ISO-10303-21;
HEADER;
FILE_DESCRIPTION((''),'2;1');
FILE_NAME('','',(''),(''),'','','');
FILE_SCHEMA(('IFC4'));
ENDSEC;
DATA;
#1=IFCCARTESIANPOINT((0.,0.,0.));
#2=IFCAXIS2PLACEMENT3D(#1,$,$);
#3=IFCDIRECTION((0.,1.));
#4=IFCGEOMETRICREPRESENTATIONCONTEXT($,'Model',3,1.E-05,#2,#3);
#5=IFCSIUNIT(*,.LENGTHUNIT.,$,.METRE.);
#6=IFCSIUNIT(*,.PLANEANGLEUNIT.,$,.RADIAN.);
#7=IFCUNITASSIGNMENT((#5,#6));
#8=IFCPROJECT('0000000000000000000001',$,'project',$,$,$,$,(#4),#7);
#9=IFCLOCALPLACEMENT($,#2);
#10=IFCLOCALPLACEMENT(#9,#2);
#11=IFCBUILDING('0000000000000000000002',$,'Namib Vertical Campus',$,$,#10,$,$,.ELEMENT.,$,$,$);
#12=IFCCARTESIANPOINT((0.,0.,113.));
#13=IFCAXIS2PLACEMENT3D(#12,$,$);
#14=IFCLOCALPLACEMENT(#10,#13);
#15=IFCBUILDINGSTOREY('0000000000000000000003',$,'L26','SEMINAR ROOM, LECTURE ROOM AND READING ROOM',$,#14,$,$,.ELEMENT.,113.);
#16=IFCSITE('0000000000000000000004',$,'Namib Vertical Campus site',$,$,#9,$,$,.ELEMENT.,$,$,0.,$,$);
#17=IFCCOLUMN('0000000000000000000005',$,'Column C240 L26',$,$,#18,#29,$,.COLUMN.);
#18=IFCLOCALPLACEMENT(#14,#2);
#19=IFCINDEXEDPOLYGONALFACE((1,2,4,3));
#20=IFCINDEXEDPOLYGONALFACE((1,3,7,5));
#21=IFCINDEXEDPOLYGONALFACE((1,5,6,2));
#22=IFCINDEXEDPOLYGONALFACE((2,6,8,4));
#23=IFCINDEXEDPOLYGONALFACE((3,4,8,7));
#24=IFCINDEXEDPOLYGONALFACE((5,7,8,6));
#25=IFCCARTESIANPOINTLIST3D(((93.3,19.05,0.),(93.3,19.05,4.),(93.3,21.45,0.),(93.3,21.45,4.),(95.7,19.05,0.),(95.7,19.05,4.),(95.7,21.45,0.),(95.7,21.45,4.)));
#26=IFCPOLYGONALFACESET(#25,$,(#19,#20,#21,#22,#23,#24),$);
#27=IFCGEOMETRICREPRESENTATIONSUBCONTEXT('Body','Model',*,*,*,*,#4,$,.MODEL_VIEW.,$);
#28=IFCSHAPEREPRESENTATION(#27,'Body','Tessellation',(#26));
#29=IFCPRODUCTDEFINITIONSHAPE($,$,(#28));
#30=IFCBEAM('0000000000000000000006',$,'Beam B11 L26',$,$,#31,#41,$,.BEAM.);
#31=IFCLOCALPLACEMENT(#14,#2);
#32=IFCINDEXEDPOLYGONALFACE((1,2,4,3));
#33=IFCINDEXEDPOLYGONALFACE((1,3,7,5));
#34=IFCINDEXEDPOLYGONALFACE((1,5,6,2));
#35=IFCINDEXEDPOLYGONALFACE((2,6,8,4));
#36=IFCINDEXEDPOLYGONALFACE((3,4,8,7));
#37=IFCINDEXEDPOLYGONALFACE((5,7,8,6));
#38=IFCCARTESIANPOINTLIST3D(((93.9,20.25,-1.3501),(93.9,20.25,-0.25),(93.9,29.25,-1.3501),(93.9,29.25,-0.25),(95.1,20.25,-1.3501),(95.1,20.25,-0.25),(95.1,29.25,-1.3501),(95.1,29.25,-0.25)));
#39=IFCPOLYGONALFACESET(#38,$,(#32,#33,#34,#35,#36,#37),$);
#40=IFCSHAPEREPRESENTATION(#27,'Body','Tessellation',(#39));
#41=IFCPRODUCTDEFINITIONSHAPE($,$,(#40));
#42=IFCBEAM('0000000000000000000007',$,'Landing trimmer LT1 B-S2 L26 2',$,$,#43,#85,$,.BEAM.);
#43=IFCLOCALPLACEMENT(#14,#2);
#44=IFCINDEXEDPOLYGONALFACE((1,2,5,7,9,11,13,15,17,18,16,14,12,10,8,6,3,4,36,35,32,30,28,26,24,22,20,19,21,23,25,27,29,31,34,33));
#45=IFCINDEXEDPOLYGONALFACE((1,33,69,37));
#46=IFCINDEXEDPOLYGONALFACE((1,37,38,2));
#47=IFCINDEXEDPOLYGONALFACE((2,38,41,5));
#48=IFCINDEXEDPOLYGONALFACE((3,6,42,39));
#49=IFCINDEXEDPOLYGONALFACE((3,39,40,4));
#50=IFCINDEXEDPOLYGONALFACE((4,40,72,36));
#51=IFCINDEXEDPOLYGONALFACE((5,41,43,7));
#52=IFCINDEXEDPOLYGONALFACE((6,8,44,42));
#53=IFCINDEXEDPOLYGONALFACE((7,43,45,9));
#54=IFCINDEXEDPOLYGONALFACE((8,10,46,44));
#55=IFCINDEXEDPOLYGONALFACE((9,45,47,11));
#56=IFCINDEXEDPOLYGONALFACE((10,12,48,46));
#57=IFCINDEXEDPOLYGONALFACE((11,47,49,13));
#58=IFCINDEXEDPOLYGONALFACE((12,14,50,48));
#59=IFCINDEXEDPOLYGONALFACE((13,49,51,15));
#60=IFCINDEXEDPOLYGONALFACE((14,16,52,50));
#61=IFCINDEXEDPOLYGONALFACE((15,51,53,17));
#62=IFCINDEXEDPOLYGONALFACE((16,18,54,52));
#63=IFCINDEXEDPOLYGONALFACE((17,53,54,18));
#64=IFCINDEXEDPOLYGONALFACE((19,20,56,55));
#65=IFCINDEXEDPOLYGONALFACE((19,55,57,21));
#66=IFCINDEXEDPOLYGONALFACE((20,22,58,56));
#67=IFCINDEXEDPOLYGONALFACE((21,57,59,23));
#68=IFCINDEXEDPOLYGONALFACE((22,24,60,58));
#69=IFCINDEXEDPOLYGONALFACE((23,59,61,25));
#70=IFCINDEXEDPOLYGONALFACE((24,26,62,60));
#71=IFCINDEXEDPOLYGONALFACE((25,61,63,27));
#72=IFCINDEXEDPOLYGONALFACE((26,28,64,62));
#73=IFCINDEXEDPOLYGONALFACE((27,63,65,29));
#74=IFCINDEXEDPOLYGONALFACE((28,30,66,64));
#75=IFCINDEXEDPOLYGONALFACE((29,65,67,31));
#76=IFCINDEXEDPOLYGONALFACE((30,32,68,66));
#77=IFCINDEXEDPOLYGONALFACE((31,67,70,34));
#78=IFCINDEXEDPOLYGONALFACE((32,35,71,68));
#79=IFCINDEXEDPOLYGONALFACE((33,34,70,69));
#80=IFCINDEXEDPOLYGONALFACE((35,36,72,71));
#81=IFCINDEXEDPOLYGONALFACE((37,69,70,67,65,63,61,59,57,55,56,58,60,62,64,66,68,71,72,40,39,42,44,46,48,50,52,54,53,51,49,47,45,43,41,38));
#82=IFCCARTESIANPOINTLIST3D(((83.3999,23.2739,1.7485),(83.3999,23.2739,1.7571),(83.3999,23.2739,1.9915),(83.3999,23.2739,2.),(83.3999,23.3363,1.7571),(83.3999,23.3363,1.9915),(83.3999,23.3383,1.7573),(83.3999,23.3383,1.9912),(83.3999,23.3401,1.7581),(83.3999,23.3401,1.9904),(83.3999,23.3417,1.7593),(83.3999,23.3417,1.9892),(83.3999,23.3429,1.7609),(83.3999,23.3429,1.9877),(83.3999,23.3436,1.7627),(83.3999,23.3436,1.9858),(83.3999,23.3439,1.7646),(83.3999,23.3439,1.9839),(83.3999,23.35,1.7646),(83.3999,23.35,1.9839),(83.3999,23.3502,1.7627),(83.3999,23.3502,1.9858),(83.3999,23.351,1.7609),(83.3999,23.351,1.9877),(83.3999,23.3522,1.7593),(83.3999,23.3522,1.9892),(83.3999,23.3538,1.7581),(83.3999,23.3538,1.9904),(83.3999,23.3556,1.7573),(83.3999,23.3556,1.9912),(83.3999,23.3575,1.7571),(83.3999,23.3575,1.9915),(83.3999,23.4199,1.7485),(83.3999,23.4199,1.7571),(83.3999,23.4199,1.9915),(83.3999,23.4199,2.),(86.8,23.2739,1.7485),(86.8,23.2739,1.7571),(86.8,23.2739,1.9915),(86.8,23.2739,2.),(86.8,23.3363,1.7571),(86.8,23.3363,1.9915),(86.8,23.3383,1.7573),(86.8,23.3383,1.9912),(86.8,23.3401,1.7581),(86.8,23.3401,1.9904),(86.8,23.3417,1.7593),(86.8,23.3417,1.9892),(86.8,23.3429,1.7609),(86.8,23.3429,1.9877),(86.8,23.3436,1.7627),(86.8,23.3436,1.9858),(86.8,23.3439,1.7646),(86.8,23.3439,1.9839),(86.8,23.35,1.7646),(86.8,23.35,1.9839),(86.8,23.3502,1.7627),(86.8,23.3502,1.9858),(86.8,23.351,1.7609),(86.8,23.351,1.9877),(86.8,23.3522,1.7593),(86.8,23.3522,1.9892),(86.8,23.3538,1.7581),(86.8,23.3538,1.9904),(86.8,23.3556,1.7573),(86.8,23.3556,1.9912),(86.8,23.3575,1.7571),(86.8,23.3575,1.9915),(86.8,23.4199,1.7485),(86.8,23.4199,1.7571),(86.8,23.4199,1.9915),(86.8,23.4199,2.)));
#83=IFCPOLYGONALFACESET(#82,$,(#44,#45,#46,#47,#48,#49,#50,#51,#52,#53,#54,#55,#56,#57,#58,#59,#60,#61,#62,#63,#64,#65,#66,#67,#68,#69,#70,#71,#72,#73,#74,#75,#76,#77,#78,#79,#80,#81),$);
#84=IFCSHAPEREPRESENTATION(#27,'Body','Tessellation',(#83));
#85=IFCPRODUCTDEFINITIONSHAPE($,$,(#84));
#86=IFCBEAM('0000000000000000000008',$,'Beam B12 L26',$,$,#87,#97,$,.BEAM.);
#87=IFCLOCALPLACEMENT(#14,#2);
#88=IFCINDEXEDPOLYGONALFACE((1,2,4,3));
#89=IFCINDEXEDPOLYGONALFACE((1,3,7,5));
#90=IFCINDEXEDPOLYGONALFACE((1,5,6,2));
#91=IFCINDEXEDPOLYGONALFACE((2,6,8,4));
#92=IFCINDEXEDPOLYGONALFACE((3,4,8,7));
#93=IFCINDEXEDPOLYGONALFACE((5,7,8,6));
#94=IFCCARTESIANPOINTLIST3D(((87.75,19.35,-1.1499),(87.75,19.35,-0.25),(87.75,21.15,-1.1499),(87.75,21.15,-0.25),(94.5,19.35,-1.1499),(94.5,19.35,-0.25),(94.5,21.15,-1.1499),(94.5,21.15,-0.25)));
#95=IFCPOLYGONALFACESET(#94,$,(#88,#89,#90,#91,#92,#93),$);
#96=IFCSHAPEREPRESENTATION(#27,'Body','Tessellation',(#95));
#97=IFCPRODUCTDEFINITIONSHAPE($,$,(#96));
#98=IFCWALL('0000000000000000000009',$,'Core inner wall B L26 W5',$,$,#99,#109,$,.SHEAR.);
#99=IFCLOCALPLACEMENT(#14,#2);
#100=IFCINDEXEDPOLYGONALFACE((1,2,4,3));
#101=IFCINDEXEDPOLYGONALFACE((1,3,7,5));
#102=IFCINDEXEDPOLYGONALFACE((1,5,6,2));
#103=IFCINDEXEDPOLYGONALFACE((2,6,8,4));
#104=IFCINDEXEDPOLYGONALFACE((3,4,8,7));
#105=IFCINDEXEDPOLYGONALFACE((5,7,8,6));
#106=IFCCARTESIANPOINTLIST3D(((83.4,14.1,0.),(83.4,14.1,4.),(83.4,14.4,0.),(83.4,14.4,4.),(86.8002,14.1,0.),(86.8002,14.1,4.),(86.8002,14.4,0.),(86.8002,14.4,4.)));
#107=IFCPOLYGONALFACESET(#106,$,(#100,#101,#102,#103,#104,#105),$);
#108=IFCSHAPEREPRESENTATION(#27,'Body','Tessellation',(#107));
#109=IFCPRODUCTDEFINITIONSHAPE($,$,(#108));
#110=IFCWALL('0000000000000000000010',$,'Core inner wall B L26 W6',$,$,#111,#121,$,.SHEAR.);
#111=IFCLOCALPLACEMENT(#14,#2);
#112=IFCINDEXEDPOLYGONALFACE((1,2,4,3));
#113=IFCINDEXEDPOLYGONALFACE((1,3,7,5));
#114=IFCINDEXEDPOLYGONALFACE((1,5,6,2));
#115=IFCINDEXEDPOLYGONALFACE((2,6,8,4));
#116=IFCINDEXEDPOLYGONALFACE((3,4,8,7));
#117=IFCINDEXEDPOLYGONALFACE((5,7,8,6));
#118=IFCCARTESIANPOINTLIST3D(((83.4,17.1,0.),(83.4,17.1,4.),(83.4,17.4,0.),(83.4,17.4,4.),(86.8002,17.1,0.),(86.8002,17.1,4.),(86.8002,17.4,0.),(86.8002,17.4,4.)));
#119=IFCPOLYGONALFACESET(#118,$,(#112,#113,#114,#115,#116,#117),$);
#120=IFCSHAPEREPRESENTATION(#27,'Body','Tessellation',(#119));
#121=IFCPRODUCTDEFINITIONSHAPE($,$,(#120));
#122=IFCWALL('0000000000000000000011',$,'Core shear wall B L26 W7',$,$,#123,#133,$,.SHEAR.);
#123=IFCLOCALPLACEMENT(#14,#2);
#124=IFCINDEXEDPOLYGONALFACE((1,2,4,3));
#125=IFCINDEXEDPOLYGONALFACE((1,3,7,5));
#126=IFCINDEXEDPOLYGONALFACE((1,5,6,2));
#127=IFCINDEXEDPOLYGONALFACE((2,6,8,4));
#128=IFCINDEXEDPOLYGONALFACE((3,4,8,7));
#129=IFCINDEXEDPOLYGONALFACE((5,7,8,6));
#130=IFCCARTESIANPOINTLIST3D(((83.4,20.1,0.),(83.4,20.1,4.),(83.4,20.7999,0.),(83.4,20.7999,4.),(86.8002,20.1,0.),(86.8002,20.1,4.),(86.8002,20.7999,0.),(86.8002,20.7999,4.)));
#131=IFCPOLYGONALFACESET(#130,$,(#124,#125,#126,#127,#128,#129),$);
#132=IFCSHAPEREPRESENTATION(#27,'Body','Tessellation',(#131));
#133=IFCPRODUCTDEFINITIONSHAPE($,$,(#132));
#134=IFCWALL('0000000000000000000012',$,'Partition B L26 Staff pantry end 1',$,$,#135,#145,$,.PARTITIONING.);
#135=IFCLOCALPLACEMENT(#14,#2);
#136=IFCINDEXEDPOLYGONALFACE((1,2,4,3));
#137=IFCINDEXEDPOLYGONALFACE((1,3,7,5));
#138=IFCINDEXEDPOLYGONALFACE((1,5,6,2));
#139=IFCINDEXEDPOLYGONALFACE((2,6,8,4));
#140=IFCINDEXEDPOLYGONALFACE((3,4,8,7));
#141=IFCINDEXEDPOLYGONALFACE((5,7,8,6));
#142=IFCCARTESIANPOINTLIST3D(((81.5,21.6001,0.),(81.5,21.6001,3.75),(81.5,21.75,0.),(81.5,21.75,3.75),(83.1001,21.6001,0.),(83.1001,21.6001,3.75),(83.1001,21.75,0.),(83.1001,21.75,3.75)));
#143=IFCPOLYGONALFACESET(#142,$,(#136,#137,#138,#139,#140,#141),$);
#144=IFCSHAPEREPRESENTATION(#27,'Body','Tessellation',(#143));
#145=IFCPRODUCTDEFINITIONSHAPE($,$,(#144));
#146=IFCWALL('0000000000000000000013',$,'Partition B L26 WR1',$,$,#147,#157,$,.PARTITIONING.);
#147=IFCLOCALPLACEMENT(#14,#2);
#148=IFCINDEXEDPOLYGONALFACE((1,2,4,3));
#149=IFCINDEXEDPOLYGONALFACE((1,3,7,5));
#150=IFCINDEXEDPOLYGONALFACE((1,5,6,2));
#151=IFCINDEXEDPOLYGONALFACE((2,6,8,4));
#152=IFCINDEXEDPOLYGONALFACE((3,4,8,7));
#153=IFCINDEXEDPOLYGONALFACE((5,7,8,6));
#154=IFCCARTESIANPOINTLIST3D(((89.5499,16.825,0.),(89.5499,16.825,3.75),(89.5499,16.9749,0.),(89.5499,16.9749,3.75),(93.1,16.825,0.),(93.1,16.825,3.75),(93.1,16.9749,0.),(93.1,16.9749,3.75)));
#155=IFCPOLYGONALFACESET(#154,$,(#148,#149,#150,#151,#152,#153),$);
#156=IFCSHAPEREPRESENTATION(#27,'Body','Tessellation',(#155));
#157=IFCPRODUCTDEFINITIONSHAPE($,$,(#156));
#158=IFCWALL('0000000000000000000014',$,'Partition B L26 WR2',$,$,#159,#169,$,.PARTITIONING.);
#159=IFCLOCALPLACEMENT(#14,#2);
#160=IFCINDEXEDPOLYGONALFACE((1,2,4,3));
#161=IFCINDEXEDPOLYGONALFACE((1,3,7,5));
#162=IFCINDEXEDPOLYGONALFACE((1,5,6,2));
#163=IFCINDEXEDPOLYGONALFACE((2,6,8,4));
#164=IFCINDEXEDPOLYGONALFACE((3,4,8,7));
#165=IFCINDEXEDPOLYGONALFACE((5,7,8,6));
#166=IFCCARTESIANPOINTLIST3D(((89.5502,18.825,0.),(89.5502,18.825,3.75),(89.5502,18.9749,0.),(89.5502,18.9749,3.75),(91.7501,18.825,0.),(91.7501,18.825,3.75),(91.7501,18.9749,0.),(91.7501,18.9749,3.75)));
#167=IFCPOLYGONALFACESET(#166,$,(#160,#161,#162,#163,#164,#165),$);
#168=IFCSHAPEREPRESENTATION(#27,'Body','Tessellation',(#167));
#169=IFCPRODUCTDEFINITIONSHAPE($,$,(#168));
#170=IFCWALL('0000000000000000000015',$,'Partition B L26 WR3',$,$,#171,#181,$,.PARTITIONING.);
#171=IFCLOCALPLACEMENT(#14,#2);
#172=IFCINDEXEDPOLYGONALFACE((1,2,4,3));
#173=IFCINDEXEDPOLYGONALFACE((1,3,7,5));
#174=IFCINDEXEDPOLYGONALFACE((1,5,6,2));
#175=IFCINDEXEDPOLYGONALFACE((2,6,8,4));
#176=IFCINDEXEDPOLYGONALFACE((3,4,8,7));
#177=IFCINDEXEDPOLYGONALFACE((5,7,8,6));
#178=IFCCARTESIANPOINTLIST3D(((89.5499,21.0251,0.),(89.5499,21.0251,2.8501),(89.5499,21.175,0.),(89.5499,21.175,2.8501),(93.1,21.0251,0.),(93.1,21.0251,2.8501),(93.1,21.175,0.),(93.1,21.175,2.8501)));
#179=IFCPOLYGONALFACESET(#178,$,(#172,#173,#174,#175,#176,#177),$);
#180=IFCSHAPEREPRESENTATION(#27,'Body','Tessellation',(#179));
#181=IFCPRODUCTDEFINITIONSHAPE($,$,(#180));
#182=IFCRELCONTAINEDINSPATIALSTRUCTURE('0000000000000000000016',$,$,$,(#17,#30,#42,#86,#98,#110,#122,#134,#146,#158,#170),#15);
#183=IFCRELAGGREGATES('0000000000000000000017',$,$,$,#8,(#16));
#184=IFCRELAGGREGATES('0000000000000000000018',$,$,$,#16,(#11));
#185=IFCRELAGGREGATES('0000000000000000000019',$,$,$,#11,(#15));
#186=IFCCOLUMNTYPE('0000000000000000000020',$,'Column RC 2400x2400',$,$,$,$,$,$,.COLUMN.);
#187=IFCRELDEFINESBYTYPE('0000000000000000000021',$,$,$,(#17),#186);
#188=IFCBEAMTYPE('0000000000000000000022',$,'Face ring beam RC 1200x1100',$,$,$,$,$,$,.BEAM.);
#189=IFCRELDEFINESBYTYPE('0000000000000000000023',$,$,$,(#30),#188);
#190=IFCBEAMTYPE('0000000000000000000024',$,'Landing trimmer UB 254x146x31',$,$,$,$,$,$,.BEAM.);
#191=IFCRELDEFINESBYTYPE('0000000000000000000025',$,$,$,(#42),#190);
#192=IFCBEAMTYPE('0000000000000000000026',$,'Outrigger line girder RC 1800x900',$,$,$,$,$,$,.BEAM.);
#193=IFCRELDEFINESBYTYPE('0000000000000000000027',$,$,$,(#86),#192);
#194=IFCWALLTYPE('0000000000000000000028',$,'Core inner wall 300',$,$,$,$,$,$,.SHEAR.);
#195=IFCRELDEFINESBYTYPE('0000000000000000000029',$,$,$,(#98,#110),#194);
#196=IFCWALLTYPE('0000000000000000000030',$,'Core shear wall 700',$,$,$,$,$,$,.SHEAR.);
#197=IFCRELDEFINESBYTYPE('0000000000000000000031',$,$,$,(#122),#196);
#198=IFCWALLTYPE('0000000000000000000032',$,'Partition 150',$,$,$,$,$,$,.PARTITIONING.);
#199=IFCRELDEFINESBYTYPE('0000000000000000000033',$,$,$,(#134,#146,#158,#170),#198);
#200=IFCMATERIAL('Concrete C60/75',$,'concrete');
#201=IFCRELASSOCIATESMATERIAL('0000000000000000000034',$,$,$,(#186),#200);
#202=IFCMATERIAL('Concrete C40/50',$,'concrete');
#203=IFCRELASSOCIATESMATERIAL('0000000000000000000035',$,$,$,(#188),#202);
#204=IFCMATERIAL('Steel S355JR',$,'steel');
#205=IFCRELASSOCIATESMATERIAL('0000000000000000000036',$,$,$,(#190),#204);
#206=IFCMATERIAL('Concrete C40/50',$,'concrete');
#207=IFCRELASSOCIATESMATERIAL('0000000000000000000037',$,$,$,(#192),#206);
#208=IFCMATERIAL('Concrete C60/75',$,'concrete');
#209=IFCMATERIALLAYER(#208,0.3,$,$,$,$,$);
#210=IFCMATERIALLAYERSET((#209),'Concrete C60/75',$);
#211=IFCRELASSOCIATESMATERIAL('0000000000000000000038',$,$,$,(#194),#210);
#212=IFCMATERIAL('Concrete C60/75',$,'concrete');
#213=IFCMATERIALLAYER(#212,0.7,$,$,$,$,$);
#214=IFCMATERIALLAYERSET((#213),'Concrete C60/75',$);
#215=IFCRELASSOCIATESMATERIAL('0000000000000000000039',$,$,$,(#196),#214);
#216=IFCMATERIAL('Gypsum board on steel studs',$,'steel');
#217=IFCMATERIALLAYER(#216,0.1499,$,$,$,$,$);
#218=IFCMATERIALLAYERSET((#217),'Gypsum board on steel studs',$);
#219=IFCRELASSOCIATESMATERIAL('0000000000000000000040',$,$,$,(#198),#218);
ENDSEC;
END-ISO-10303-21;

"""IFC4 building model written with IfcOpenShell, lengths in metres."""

from ifc_helpers import new_model, si_unit, direction, frame, frame_2d, origin, origin_2d, place, context, subcontext, project, spatial, rectangle, i_section, extrude, material, layer, layer_set, material_profile, profile_set, type_object, element, save


model = new_model("IFC4")

# Units and contexts
model_context = context("Model", 3, precision=1e-05, world=origin(), true_north=direction((0.0, 1.0)))
body_context = subcontext(model_context, "Body", "Model", "MODEL_VIEW")
ifc_project = project(units=[si_unit("LENGTHUNIT", "METRE"), si_unit("PLANEANGLEUNIT", "RADIAN")], contexts=[model_context])

# Site, building, storey
site_placement = place(None, origin())
site = spatial("IfcSite", under=ifc_project, at=site_placement, Name="Namib Vertical Campus site", CompositionType="ELEMENT", RefElevation=0.0)
building_placement = place(site_placement, origin())
building = spatial("IfcBuilding", under=site, at=building_placement, Name="Namib Vertical Campus", CompositionType="ELEMENT")
storey_placement = place(building_placement, frame((0.0, 0.0, 113.0)))
storey = spatial("IfcBuildingStorey", under=building, at=storey_placement, Name="L26", Description="SEMINAR ROOM, LECTURE ROOM AND READING ROOM", CompositionType="ELEMENT", Elevation=113.0)

# Column
ifc_material_1 = material(Name="Concrete C60/75", Category="concrete")
ifc_material_profile_1 = material_profile(ifc_material_1, rectangle(XDim=2.3999, YDim=2.3999, at=origin_2d()))
ifc_profile_set_1 = profile_set([ifc_material_profile_1], Name="Concrete C60/75")
column_type = type_object("IfcColumnType", Name="Column RC 2400x2400", PredefinedType="COLUMN", material=ifc_profile_set_1)
column_placement = place(storey_placement, frame((94.5, 20.25, 0.0), z_axis=(0.0, 0.0, 1.0), x_axis=(1.0, 0.0, 0.0)))
element("IfcColumn", 1, at=column_placement, inside=storey, type_object=column_type, Name="Column C240 L26", PredefinedType="COLUMN", context=body_context, shape_type="SweptSolid", body=[
    extrude(rectangle(XDim=2.3999, YDim=2.3999, at=origin_2d()), origin(), (0.0, 0.0, 1.0), 4.0),
])

# Beams
ifc_material_2 = material(Name="Concrete C40/50", Category="concrete")
ifc_material_profile_2 = material_profile(ifc_material_2, rectangle(XDim=1.2, YDim=1.1001, at=origin_2d()))
ifc_profile_set_2 = profile_set([ifc_material_profile_2], Name="Concrete C40/50")
beam_type_1 = type_object("IfcBeamType", Name="Face ring beam RC 1200x1100", PredefinedType="BEAM", material=ifc_profile_set_2)
beam_1_placement = place(storey_placement, frame((94.5, 20.25, -0.8), z_axis=(0.0, 1.0, 0.0), x_axis=(-1.0, 0.0, 0.0)))
element("IfcBeam", 2, at=beam_1_placement, inside=storey, type_object=beam_type_1, Name="Beam B11 L26", PredefinedType="BEAM", context=body_context, shape_type="SweptSolid", body=[
    extrude(rectangle(XDim=1.2, YDim=1.1001, at=origin_2d()), origin(), (0.0, 0.0, 1.0), 9.0),
])
ifc_material_3 = material(Name="Steel S355JR", Category="steel")
ifc_material_profile_3 = material_profile(ifc_material_3, i_section(OverallWidth=0.146, OverallDepth=0.2515, WebThickness=0.0061, FlangeThickness=0.0085, FilletRadius=0.0076, at=origin_2d()))
ifc_profile_set_3 = profile_set([ifc_material_profile_3], Name="Steel S355JR")
beam_type_2 = type_object("IfcBeamType", Name="Landing trimmer UB 254x146x31", PredefinedType="BEAM", material=ifc_profile_set_3)
beam_2_placement = place(storey_placement, frame((83.3999, 23.3469, 1.8743), z_axis=(1.0, 0.0, 0.0), x_axis=(0.0, 1.0, 0.0)))
element("IfcBeam", 3, at=beam_2_placement, inside=storey, type_object=beam_type_2, Name="Landing trimmer LT1 B-S2 L26 2", PredefinedType="BEAM", context=body_context, shape_type="SweptSolid", body=[
    extrude(i_section(OverallWidth=0.146, OverallDepth=0.2515, WebThickness=0.0061, FlangeThickness=0.0085, FilletRadius=0.0076, at=origin_2d()), origin(), (0.0, 0.0, 1.0), 3.4001),
])
ifc_material_4 = material(Name="Concrete C40/50", Category="concrete")
ifc_material_profile_4 = material_profile(ifc_material_4, rectangle(XDim=1.8, YDim=0.8999, at=origin_2d()))
ifc_profile_set_4 = profile_set([ifc_material_profile_4], Name="Concrete C40/50")
beam_type_3 = type_object("IfcBeamType", Name="Outrigger line girder RC 1800x900", PredefinedType="BEAM", material=ifc_profile_set_4)
beam_3_placement = place(storey_placement, frame((94.5, 20.25, -0.7), z_axis=(-1.0, 0.0, 0.0), x_axis=(0.0, -1.0, 0.0)))
element("IfcBeam", 4, at=beam_3_placement, inside=storey, type_object=beam_type_3, Name="Beam B12 L26", PredefinedType="BEAM", context=body_context, shape_type="SweptSolid", body=[
    extrude(rectangle(XDim=1.8, YDim=0.8999, at=origin_2d()), origin(), (0.0, 0.0, 1.0), 6.75),
])

# Walls
ifc_material_5 = material(Name="Concrete C60/75", Category="concrete")
ifc_layer_1 = layer(ifc_material_5, 0.3)
ifc_layer_set_1 = layer_set([ifc_layer_1], Name="Concrete C60/75")
wall_type_1 = type_object("IfcWallType", Name="Core inner wall 300", PredefinedType="SHEAR", material=ifc_layer_set_1)
for number, where, z_axis, x_axis, name in (
    (5, (83.3999, 14.25, 0.0), (0.0, 0.0, 1.0), (1.0, 0.0, 0.0), "Core inner wall B L26 W5"),
    (6, (83.3999, 17.25, 0.0), (0.0, 0.0, 1.0), (1.0, 0.0, 0.0), "Core inner wall B L26 W6"),
):
    element("IfcWall", number, at=place(storey_placement, frame(where, z_axis=z_axis, x_axis=x_axis)), inside=storey, type_object=wall_type_1, Name=name, PredefinedType="SHEAR", context=body_context, shape_type="SweptSolid", body=[
        extrude(rectangle(XDim=3.4001, YDim=0.3, at=frame_2d((1.7002, 0.0))), origin(), (0.0, 0.0, 1.0), 4.0),
    ])
ifc_material_6 = material(Name="Concrete C60/75", Category="concrete")
ifc_layer_2 = layer(ifc_material_6, 0.7)
ifc_layer_set_2 = layer_set([ifc_layer_2], Name="Concrete C60/75")
wall_type_2 = type_object("IfcWallType", Name="Core shear wall 700", PredefinedType="SHEAR", material=ifc_layer_set_2)
wall_1_placement = place(storey_placement, frame((83.3999, 20.45, 0.0), z_axis=(0.0, 0.0, 1.0), x_axis=(1.0, 0.0, 0.0)))
element("IfcWall", 7, at=wall_1_placement, inside=storey, type_object=wall_type_2, Name="Core shear wall B L26 W7", PredefinedType="SHEAR", context=body_context, shape_type="SweptSolid", body=[
    extrude(rectangle(XDim=3.4001, YDim=0.7, at=frame_2d((1.7002, 0.0))), origin(), (0.0, 0.0, 1.0), 4.0),
])
ifc_material_7 = material(Name="Gypsum board on steel studs", Category="steel")
ifc_layer_3 = layer(ifc_material_7, 0.1499)
ifc_layer_set_3 = layer_set([ifc_layer_3], Name="Gypsum board on steel studs")
wall_type_3 = type_object("IfcWallType", Name="Partition 150", PredefinedType="PARTITIONING", material=ifc_layer_set_3)
wall_2_placement = place(storey_placement, frame((81.5, 21.675, 0.0), z_axis=(0.0, 0.0, 1.0), x_axis=(1.0, 0.0, 0.0)))
element("IfcWall", 8, at=wall_2_placement, inside=storey, type_object=wall_type_3, Name="Partition B L26 Staff pantry end 1", PredefinedType="PARTITIONING", context=body_context, shape_type="SweptSolid", body=[
    extrude(rectangle(XDim=1.6001, YDim=0.1499, at=frame_2d((0.8, 0.0))), origin(), (0.0, 0.0, 1.0), 3.75),
])
wall_3_placement = place(storey_placement, frame((89.55, 16.8999, 0.0), z_axis=(0.0, 0.0, 1.0), x_axis=(1.0, 0.0, 0.0)))
element("IfcWall", 9, at=wall_3_placement, inside=storey, type_object=wall_type_3, Name="Partition B L26 WR1", PredefinedType="PARTITIONING", context=body_context, shape_type="SweptSolid", body=[
    extrude(rectangle(XDim=3.55, YDim=0.1499, at=frame_2d((1.7749, 0.0))), origin(), (0.0, 0.0, 1.0), 3.75),
])
wall_4_placement = place(storey_placement, frame((89.55, 18.8999, 0.0), z_axis=(0.0, 0.0, 1.0), x_axis=(1.0, 0.0, 0.0)))
element("IfcWall", 10, at=wall_4_placement, inside=storey, type_object=wall_type_3, Name="Partition B L26 WR2", PredefinedType="PARTITIONING", context=body_context, shape_type="SweptSolid", body=[
    extrude(rectangle(XDim=2.2, YDim=0.1499, at=frame_2d((1.1001, 0.0))), origin(), (0.0, 0.0, 1.0), 3.75),
])
wall_5_placement = place(storey_placement, frame((89.55, 21.1001, 0.0), z_axis=(0.0, 0.0, 1.0), x_axis=(1.0, 0.0, 0.0)))
element("IfcWall", 11, at=wall_5_placement, inside=storey, type_object=wall_type_3, Name="Partition B L26 WR3", PredefinedType="PARTITIONING", context=body_context, shape_type="SweptSolid", body=[
    extrude(rectangle(XDim=3.55, YDim=0.1499, at=frame_2d((1.7749, 0.0))), origin(), (0.0, 0.0, 1.0), 2.8501),
])

save(model, "model.ifc")
